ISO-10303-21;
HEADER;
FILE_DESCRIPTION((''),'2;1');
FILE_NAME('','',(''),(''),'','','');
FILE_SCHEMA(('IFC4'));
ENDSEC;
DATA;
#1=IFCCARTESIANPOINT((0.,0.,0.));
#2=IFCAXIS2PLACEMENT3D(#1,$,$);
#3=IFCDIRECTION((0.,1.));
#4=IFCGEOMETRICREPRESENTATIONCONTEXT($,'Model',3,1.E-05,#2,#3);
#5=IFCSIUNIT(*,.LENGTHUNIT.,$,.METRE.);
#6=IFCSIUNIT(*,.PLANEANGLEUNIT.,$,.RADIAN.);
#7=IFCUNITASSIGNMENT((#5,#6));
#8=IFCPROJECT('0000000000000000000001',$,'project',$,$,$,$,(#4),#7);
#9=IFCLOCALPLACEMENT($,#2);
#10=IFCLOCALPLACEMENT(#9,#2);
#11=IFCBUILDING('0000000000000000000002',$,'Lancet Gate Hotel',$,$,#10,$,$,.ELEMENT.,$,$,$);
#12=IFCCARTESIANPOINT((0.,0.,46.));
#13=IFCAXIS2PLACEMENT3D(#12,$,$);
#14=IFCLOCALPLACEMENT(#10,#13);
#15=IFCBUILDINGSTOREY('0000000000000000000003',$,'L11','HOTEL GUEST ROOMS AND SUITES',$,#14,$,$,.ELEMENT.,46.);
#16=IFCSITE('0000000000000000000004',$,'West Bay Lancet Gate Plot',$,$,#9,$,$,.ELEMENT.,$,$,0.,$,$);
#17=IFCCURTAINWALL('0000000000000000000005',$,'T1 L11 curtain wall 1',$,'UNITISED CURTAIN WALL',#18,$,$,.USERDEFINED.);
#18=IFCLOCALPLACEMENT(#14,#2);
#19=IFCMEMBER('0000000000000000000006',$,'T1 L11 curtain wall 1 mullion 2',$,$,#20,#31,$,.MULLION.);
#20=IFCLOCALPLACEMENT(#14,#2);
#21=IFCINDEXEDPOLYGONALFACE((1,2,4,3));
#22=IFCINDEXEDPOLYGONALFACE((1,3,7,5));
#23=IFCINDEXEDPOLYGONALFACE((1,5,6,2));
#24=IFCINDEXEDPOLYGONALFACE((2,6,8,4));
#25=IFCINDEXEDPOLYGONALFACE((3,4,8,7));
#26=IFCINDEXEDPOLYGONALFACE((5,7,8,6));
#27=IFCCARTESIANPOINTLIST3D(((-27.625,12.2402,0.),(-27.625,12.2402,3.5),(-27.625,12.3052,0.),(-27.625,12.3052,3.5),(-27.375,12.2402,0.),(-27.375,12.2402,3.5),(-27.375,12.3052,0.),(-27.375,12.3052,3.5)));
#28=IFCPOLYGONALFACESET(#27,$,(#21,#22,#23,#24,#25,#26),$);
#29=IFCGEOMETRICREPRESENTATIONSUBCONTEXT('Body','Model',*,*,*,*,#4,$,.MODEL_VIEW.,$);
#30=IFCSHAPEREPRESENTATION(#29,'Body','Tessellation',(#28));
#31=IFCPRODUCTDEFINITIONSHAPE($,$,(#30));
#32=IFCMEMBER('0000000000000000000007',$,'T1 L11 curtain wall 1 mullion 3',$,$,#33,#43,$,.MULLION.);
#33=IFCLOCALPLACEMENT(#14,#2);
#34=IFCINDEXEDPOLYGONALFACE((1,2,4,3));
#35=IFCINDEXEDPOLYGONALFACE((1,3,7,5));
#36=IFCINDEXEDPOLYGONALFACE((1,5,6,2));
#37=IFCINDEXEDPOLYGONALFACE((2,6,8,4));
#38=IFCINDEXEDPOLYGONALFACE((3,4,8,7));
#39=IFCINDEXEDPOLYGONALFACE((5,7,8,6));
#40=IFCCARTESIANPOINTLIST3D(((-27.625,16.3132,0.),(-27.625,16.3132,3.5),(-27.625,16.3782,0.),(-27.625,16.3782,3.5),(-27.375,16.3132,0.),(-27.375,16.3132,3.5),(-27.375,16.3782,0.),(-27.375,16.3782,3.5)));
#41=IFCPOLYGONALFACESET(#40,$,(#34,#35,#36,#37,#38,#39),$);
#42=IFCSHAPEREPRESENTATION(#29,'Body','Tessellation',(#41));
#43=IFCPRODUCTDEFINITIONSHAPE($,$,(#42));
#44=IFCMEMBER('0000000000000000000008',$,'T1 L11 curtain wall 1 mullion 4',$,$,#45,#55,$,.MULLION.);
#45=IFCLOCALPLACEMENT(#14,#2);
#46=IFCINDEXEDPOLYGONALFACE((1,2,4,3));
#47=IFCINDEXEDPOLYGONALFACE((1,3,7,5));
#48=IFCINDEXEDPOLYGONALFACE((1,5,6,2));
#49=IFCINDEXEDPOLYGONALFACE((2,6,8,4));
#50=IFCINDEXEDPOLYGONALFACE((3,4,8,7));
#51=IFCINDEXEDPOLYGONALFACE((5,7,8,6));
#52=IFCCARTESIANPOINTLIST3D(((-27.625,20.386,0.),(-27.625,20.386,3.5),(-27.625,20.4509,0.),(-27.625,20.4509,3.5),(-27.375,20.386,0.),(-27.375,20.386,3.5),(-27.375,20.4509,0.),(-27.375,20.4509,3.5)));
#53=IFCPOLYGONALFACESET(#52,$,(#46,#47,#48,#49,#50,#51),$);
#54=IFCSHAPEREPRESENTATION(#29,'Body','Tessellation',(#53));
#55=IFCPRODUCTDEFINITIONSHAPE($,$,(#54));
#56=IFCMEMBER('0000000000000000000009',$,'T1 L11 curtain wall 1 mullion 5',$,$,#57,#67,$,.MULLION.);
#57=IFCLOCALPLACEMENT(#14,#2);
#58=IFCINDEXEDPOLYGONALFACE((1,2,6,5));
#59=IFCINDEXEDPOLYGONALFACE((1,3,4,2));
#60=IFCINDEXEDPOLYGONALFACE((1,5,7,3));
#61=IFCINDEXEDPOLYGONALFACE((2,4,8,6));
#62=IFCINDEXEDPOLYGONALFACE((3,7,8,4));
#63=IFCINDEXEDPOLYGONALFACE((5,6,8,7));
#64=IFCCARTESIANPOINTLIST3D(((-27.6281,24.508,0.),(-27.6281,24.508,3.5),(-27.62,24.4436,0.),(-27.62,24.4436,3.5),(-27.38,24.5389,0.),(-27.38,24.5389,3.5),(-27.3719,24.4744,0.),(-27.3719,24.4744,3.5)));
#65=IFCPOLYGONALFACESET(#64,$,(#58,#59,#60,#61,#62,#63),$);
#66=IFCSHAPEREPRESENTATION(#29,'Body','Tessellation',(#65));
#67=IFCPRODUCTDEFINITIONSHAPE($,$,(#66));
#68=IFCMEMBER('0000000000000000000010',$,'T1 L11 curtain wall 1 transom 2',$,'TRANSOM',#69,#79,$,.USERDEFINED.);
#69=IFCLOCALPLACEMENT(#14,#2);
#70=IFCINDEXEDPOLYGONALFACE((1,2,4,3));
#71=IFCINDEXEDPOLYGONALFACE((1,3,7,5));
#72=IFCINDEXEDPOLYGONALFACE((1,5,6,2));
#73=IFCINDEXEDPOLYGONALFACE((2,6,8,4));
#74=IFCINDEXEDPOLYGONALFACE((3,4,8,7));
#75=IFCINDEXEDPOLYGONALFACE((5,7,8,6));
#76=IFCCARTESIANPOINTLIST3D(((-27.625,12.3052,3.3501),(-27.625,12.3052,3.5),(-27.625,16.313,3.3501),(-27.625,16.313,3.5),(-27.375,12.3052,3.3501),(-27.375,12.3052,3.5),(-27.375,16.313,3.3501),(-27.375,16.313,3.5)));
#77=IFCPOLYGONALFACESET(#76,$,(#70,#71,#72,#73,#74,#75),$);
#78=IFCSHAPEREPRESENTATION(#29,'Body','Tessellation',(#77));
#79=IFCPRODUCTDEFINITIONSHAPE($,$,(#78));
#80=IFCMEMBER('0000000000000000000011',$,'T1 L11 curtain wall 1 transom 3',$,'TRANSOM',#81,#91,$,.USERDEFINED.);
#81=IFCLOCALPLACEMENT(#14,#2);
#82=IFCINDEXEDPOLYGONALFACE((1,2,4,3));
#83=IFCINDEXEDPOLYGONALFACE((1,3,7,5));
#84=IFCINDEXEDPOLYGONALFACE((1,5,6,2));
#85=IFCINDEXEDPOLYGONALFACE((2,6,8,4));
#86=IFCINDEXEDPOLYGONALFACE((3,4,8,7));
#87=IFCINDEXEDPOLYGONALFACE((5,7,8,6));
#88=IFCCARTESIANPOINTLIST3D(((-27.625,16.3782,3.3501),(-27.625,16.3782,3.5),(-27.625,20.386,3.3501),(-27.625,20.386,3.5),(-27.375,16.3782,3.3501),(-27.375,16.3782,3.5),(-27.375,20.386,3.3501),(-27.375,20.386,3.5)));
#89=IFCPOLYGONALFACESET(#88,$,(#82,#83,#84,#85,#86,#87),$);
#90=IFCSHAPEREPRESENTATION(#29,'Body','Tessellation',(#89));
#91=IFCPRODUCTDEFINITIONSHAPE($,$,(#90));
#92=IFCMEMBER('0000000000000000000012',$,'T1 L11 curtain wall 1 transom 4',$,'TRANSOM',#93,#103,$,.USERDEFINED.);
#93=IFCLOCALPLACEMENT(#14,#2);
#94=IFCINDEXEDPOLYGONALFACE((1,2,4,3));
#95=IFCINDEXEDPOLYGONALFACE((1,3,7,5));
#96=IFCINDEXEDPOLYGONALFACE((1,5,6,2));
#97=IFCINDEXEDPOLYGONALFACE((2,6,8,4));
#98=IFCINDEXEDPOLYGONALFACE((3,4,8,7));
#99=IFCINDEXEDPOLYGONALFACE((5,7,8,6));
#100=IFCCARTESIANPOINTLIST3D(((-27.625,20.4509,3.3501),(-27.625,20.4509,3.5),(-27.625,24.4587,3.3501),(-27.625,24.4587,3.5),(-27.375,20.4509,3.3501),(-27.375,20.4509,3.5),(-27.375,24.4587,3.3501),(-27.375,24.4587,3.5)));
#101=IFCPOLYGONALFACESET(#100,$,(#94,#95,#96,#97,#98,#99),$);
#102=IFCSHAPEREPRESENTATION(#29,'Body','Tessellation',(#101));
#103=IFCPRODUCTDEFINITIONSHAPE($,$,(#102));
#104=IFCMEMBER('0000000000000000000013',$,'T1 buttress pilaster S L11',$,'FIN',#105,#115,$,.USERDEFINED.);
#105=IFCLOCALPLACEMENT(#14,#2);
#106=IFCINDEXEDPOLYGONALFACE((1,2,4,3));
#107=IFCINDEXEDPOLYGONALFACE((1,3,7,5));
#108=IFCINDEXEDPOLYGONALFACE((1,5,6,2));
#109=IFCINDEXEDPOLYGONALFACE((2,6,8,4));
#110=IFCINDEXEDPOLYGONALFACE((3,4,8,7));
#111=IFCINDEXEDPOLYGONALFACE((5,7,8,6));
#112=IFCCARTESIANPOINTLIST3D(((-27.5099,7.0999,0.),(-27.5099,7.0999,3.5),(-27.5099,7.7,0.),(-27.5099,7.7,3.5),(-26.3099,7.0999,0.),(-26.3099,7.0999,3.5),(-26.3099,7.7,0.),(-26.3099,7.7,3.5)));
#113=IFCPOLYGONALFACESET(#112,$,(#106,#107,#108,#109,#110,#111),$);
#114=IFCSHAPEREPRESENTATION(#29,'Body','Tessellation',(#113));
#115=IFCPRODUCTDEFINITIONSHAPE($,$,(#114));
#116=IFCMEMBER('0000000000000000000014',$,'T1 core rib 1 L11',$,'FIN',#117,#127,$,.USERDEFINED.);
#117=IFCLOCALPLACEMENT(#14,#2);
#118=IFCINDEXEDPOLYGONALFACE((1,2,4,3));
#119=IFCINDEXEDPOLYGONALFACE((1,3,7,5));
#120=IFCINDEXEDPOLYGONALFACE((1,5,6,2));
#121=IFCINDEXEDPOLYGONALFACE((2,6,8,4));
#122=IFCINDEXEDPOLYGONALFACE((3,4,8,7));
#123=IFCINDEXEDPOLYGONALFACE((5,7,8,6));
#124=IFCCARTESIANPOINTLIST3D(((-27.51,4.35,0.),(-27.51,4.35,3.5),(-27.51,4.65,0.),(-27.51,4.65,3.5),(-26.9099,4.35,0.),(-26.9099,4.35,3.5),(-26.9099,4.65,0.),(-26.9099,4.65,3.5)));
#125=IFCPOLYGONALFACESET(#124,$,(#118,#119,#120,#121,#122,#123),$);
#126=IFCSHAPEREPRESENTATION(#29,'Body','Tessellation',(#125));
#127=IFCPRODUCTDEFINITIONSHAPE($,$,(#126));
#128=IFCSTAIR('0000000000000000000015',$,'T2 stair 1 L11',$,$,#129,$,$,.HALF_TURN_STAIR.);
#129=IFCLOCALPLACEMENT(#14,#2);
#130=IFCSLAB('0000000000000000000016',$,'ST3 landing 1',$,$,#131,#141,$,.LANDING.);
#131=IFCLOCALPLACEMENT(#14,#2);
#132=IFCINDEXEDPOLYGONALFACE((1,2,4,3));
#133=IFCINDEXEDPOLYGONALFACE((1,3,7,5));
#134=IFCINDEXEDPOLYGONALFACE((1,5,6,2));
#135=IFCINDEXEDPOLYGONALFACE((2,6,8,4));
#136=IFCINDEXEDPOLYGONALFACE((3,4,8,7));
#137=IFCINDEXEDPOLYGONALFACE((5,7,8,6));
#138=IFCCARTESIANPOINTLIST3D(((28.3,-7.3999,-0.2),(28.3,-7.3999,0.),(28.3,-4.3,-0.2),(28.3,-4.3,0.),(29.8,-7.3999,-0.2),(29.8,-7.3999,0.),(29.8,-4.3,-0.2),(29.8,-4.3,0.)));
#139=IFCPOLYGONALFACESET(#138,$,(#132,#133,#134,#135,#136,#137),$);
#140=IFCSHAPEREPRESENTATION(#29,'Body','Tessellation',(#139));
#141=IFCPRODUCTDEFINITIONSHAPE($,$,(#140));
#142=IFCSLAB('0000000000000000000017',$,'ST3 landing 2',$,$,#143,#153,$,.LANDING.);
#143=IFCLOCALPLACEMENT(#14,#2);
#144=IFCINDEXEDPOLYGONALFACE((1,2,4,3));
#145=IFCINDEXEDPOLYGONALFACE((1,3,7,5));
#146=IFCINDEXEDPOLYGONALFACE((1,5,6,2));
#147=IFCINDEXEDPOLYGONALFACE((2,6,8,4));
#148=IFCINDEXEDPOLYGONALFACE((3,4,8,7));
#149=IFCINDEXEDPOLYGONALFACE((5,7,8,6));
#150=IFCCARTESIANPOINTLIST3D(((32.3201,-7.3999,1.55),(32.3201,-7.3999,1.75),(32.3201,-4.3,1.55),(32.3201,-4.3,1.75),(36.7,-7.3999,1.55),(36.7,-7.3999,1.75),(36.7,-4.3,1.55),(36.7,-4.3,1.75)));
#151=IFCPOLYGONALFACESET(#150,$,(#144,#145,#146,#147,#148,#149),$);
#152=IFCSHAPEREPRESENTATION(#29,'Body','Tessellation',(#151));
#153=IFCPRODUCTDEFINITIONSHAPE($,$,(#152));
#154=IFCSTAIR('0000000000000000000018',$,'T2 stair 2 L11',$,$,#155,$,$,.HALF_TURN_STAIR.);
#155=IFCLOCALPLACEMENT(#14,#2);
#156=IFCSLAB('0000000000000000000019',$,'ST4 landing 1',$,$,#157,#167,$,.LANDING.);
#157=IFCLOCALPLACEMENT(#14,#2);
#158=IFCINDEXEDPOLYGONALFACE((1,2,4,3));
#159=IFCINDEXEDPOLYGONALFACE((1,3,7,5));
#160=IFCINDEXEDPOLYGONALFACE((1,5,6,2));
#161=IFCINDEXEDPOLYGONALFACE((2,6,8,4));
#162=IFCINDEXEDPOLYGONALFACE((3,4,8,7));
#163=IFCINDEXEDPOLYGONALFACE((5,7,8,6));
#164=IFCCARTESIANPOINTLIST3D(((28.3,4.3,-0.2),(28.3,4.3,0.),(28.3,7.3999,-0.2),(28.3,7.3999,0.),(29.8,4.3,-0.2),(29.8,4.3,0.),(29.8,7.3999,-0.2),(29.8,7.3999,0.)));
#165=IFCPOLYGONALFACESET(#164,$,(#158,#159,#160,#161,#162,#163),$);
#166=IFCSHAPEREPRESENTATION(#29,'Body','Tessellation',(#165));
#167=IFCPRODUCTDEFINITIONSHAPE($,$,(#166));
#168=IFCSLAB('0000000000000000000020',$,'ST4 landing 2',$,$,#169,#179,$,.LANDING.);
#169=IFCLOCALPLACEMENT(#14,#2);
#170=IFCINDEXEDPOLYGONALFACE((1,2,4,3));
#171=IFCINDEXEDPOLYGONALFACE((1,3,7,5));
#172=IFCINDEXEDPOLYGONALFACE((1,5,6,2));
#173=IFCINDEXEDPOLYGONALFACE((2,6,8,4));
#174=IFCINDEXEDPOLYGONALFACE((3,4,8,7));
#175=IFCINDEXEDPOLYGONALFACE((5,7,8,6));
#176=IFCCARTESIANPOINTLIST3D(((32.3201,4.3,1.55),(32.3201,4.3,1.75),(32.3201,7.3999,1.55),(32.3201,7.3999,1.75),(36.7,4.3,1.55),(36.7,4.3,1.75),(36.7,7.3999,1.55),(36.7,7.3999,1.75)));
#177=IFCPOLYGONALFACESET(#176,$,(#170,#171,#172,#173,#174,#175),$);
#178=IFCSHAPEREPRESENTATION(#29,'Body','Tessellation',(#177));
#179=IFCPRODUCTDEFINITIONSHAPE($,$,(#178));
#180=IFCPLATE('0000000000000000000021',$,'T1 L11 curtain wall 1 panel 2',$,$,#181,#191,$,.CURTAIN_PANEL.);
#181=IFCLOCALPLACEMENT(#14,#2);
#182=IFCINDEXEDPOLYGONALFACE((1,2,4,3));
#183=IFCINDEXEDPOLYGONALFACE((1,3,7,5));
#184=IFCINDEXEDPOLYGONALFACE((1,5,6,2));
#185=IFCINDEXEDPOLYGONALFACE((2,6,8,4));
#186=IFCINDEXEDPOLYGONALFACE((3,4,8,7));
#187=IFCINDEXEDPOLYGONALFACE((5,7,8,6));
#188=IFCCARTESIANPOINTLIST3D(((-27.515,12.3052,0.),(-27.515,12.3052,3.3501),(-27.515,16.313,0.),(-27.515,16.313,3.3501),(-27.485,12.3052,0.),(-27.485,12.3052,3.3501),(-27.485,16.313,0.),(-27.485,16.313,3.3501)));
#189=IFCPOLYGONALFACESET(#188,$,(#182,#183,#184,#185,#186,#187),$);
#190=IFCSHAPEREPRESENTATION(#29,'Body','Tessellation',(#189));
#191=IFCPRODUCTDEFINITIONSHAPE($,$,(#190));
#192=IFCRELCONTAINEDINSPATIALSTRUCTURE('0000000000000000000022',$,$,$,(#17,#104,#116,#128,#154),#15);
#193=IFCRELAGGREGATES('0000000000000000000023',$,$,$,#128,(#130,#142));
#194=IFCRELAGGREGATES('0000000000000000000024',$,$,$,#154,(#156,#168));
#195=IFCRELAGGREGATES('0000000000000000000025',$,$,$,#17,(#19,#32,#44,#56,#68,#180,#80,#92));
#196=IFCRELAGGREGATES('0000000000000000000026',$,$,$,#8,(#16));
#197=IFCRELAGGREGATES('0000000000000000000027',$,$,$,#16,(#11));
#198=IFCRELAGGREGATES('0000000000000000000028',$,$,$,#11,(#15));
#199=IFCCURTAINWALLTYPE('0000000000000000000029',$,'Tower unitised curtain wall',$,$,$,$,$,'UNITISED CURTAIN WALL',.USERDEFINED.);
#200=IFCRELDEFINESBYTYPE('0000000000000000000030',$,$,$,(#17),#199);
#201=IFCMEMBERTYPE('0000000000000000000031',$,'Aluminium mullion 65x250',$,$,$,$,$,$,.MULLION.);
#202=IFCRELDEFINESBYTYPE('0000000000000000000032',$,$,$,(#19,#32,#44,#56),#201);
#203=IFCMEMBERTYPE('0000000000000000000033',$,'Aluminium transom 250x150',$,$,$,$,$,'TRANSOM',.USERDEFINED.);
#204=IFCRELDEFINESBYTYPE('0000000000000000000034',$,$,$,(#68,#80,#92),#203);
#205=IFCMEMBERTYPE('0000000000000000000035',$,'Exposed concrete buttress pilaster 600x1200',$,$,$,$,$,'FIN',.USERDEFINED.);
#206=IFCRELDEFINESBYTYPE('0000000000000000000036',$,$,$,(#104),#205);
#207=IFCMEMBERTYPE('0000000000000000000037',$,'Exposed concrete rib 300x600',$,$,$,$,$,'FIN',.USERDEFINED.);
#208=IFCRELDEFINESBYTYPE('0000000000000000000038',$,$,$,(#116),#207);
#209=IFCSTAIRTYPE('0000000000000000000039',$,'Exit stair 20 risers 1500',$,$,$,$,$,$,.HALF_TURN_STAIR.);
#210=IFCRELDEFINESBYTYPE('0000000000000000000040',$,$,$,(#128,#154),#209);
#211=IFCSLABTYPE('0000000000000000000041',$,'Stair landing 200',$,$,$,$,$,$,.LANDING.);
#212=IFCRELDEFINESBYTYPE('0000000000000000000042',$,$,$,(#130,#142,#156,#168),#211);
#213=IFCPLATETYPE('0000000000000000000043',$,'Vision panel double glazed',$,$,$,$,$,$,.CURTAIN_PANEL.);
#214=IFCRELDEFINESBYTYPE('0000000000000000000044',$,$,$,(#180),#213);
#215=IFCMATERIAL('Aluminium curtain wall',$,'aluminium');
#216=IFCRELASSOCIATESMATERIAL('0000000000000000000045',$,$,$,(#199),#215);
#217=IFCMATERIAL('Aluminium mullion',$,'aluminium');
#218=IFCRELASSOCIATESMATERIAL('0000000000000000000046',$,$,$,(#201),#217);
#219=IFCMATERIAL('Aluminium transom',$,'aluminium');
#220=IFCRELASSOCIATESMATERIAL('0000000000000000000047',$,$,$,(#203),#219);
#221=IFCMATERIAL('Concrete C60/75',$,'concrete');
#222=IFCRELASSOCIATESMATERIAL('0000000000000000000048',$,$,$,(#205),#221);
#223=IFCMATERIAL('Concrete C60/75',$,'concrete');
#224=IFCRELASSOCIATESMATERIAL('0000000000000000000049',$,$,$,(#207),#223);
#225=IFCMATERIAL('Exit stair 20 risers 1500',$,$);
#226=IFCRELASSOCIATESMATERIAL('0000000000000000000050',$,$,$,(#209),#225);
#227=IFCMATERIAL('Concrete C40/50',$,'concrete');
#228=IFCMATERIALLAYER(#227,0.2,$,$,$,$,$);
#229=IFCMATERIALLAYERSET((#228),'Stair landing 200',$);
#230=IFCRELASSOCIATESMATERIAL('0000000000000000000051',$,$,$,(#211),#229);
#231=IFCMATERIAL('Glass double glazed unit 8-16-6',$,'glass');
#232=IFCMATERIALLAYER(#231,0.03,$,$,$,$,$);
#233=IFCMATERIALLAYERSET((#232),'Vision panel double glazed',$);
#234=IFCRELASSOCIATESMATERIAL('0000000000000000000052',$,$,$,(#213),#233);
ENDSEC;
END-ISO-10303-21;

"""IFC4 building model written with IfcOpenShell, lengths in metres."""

from ifc_helpers import new_model, si_unit, direction, frame, origin, origin_2d, place, context, subcontext, project, spatial, polyline, rectangle, outline, extrude, material, layer, layer_set, material_profile, profile_set, type_object, element, aggregate, save


model = new_model("IFC4")

# Units and contexts
model_context = context("Model", 3, precision=1e-05, world=origin(), true_north=direction((0.0, 1.0)))
body_context = subcontext(model_context, "Body", "Model", "MODEL_VIEW")
ifc_project = project(units=[si_unit("LENGTHUNIT", "METRE"), si_unit("PLANEANGLEUNIT", "RADIAN")], contexts=[model_context])

# Site, building, storey
site_placement = place(None, origin())
site = spatial("IfcSite", under=ifc_project, at=site_placement, Name="West Bay Lancet Gate Plot", CompositionType="ELEMENT", RefElevation=0.0)
building_placement = place(site_placement, origin())
building = spatial("IfcBuilding", under=site, at=building_placement, Name="Lancet Gate Hotel", CompositionType="ELEMENT")
storey_placement = place(building_placement, frame((0.0, 0.0, 46.0)))
storey = spatial("IfcBuildingStorey", under=building, at=storey_placement, Name="L11", Description="HOTEL GUEST ROOMS AND SUITES", CompositionType="ELEMENT", Elevation=46.0)

# Curtain wall, members
ifc_material_1 = material(Name="Aluminium curtain wall", Category="aluminium")
curtain_wall_type = type_object("IfcCurtainWallType", Name="Tower unitised curtain wall", ElementType="UNITISED CURTAIN WALL", PredefinedType="USERDEFINED", material=ifc_material_1)
curtain_wall_placement = place(storey_placement, origin())
curtain_wall = element("IfcCurtainWall", 1, at=curtain_wall_placement, inside=storey, type_object=curtain_wall_type, Name="T1 L11 curtain wall 1", ObjectType="UNITISED CURTAIN WALL", PredefinedType="USERDEFINED")
ifc_material_2 = material(Name="Aluminium mullion", Category="aluminium")
ifc_material_profile_1 = material_profile(ifc_material_2, rectangle(XDim=0.0649, YDim=0.25, at=origin_2d()), Name="MULLION 65x250")
ifc_profile_set_1 = profile_set([ifc_material_profile_1], Name="Aluminium mullion")
member_type_1 = type_object("IfcMemberType", Name="Aluminium mullion 65x250", PredefinedType="MULLION", material=ifc_profile_set_1)
member_1_placement = place(storey_placement, frame((-27.5, 12.2727, 0.0), z_axis=(0.0, 0.0, 1.0), x_axis=(0.0, 1.0, 0.0)))
member_1 = element("IfcMember", 2, at=member_1_placement, type_object=member_type_1, Name="T1 L11 curtain wall 1 mullion 2", PredefinedType="MULLION", context=body_context, shape_type="SweptSolid", body=[
    extrude(rectangle(XDim=0.0649, YDim=0.25, at=origin_2d()), origin(), (0.0, 0.0, 1.0), 3.5),
])
member_2_placement = place(storey_placement, frame((-27.5, 16.3457, 0.0), z_axis=(0.0, 0.0, 1.0), x_axis=(0.0, 1.0, 0.0)))
member_2 = element("IfcMember", 3, at=member_2_placement, type_object=member_type_1, Name="T1 L11 curtain wall 1 mullion 3", PredefinedType="MULLION", context=body_context, shape_type="SweptSolid", body=[
    extrude(rectangle(XDim=0.0649, YDim=0.25, at=origin_2d()), origin(), (0.0, 0.0, 1.0), 3.5),
])
member_3_placement = place(storey_placement, frame((-27.5, 20.4185, 0.0), z_axis=(0.0, 0.0, 1.0), x_axis=(0.0, 1.0, 0.0)))
member_3 = element("IfcMember", 4, at=member_3_placement, type_object=member_type_1, Name="T1 L11 curtain wall 1 mullion 4", PredefinedType="MULLION", context=body_context, shape_type="SweptSolid", body=[
    extrude(rectangle(XDim=0.0649, YDim=0.25, at=origin_2d()), origin(), (0.0, 0.0, 1.0), 3.5),
])
member_4_placement = place(storey_placement, frame((-27.5, 24.4912, 0.0), z_axis=(0.0, 0.0, 1.0), x_axis=(-0.123483, 0.992347, 0.0)))
member_4 = element("IfcMember", 5, at=member_4_placement, type_object=member_type_1, Name="T1 L11 curtain wall 1 mullion 5", PredefinedType="MULLION", context=body_context, shape_type="SweptSolid", body=[
    extrude(rectangle(XDim=0.0649, YDim=0.25, at=origin_2d()), origin(), (0.0, 0.0, 1.0), 3.5),
])
ifc_material_3 = material(Name="Aluminium transom", Category="aluminium")
ifc_material_profile_2 = material_profile(ifc_material_3, rectangle(XDim=0.25, YDim=0.1499, at=origin_2d()), Name="TRANSOM 250x150")
ifc_profile_set_2 = profile_set([ifc_material_profile_2], Name="Aluminium transom")
member_type_2 = type_object("IfcMemberType", Name="Aluminium transom 250x150", ElementType="TRANSOM", PredefinedType="USERDEFINED", material=ifc_profile_set_2)
member_5_placement = place(storey_placement, frame((-27.5, 12.3052, 3.425), z_axis=(0.0, 1.0, 0.0), x_axis=(-1.0, 0.0, 0.0)))
member_5 = element("IfcMember", 6, at=member_5_placement, type_object=member_type_2, Name="T1 L11 curtain wall 1 transom 2", ObjectType="TRANSOM", PredefinedType="USERDEFINED", context=body_context, shape_type="SweptSolid", body=[
    extrude(rectangle(XDim=0.25, YDim=0.1499, at=origin_2d()), origin(), (0.0, 0.0, 1.0), 4.0078),
])
member_6_placement = place(storey_placement, frame((-27.5, 16.3782, 3.425), z_axis=(0.0, 1.0, 0.0), x_axis=(-1.0, 0.0, 0.0)))
member_6 = element("IfcMember", 7, at=member_6_placement, type_object=member_type_2, Name="T1 L11 curtain wall 1 transom 3", ObjectType="TRANSOM", PredefinedType="USERDEFINED", context=body_context, shape_type="SweptSolid", body=[
    extrude(rectangle(XDim=0.25, YDim=0.1499, at=origin_2d()), origin(), (0.0, 0.0, 1.0), 4.0078),
])
member_7_placement = place(storey_placement, frame((-27.5, 20.4509, 3.425), z_axis=(0.0, 1.0, 0.0), x_axis=(-1.0, 0.0, 0.0)))
member_7 = element("IfcMember", 8, at=member_7_placement, type_object=member_type_2, Name="T1 L11 curtain wall 1 transom 4", ObjectType="TRANSOM", PredefinedType="USERDEFINED", context=body_context, shape_type="SweptSolid", body=[
    extrude(rectangle(XDim=0.25, YDim=0.1499, at=origin_2d()), origin(), (0.0, 0.0, 1.0), 4.0078),
])

# Members
ifc_material_4 = material(Name="Concrete C60/75", Category="concrete")
ifc_material_profile_3 = material_profile(ifc_material_4, rectangle(XDim=0.6001, YDim=1.2, at=origin_2d()), Name="FIN 600x1200")
ifc_profile_set_3 = profile_set([ifc_material_profile_3], Name="Concrete C60/75")
member_type_3 = type_object("IfcMemberType", Name="Exposed concrete buttress pilaster 600x1200", ElementType="FIN", PredefinedType="USERDEFINED", material=ifc_profile_set_3)
member_8_placement = place(storey_placement, frame((-26.9099, 7.3999, 0.0), z_axis=(0.0, 0.0, 1.0), x_axis=(0.0, 1.0, 0.0)))
element("IfcMember", 9, at=member_8_placement, inside=storey, type_object=member_type_3, Name="T1 buttress pilaster S L11", ObjectType="FIN", PredefinedType="USERDEFINED", context=body_context, shape_type="SweptSolid", body=[
    extrude(rectangle(XDim=0.6001, YDim=1.2, at=origin_2d()), origin(), (0.0, 0.0, 1.0), 3.5),
])
ifc_material_5 = material(Name="Concrete C60/75", Category="concrete")
ifc_material_profile_4 = material_profile(ifc_material_5, rectangle(XDim=0.3, YDim=0.6001, at=origin_2d()), Name="FIN 300x600")
ifc_profile_set_4 = profile_set([ifc_material_profile_4], Name="Concrete C60/75")
member_type_4 = type_object("IfcMemberType", Name="Exposed concrete rib 300x600", ElementType="FIN", PredefinedType="USERDEFINED", material=ifc_profile_set_4)
member_9_placement = place(storey_placement, frame((-27.21, 4.5, 0.0), z_axis=(0.0, 0.0, 1.0), x_axis=(0.0, 1.0, 0.0)))
element("IfcMember", 10, at=member_9_placement, inside=storey, type_object=member_type_4, Name="T1 core rib 1 L11", ObjectType="FIN", PredefinedType="USERDEFINED", context=body_context, shape_type="SweptSolid", body=[
    extrude(rectangle(XDim=0.3, YDim=0.6001, at=origin_2d()), origin(), (0.0, 0.0, 1.0), 3.5),
])

# Stairs, slabs
ifc_material_6 = material(Name="Exit stair 20 risers 1500")
stair_type = type_object("IfcStairType", Name="Exit stair 20 risers 1500", PredefinedType="HALF_TURN_STAIR", material=ifc_material_6)
stair_1_placement = place(storey_placement, origin())
stair_1 = element("IfcStair", 11, at=stair_1_placement, inside=storey, type_object=stair_type, Name="T2 stair 1 L11", PredefinedType="HALF_TURN_STAIR")
ifc_material_7 = material(Name="Concrete C40/50", Category="concrete")
ifc_layer_1 = layer(ifc_material_7, 0.2)
ifc_layer_set_1 = layer_set([ifc_layer_1], Name="Stair landing 200")
slab_type = type_object("IfcSlabType", Name="Stair landing 200", PredefinedType="LANDING", material=ifc_layer_set_1)
slab_1_placement = place(storey_placement, frame((0.0, 0.0, -0.2)))
slab_1 = element("IfcSlab", 12, at=slab_1_placement, type_object=slab_type, Name="ST3 landing 1", PredefinedType="LANDING", context=body_context, shape_type="SweptSolid", body=[
    extrude(outline(polyline([(28.3, -7.3999), (29.8, -7.3999), (29.8, -4.3), (28.3, -4.3), (28.3, -7.3999)])), origin(), (0.0, 0.0, 1.0), 0.2),
])
slab_2_placement = place(storey_placement, frame((0.0, 0.0, 1.55)))
slab_2 = element("IfcSlab", 13, at=slab_2_placement, type_object=slab_type, Name="ST3 landing 2", PredefinedType="LANDING", context=body_context, shape_type="SweptSolid", body=[
    extrude(outline(polyline([(32.3201, -7.3999), (36.7, -7.3999), (36.7, -4.3), (32.3201, -4.3), (32.3201, -7.3999)])), origin(), (0.0, 0.0, 1.0), 0.2),
])
aggregate(stair_1, [slab_1, slab_2])
stair_2_placement = place(storey_placement, origin())
stair_2 = element("IfcStair", 14, at=stair_2_placement, inside=storey, type_object=stair_type, Name="T2 stair 2 L11", PredefinedType="HALF_TURN_STAIR")
slab_3_placement = place(storey_placement, frame((0.0, 0.0, -0.2)))
slab_3 = element("IfcSlab", 15, at=slab_3_placement, type_object=slab_type, Name="ST4 landing 1", PredefinedType="LANDING", context=body_context, shape_type="SweptSolid", body=[
    extrude(outline(polyline([(28.3, 4.3), (29.8, 4.3), (29.8, 7.3999), (28.3, 7.3999), (28.3, 4.3)])), origin(), (0.0, 0.0, 1.0), 0.2),
])
slab_4_placement = place(storey_placement, frame((0.0, 0.0, 1.55)))
slab_4 = element("IfcSlab", 16, at=slab_4_placement, type_object=slab_type, Name="ST4 landing 2", PredefinedType="LANDING", context=body_context, shape_type="SweptSolid", body=[
    extrude(outline(polyline([(32.3201, 4.3), (36.7, 4.3), (36.7, 7.3999), (32.3201, 7.3999), (32.3201, 4.3)])), origin(), (0.0, 0.0, 1.0), 0.2),
])
aggregate(stair_2, [slab_3, slab_4])

# Plate
ifc_material_8 = material(Name="Glass double glazed unit 8-16-6", Category="glass")
ifc_layer_2 = layer(ifc_material_8, 0.03)
ifc_layer_set_2 = layer_set([ifc_layer_2], Name="Vision panel double glazed")
plate_type = type_object("IfcPlateType", Name="Vision panel double glazed", PredefinedType="CURTAIN_PANEL", material=ifc_layer_set_2)
plate_1_placement = place(storey_placement, frame((-27.5, 14.3091, 0.0), z_axis=(0.0, 0.0, 1.0), x_axis=(0.0, 1.0, 0.0)))
plate_1 = element("IfcPlate", 17, at=plate_1_placement, type_object=plate_type, Name="T1 L11 curtain wall 1 panel 2", PredefinedType="CURTAIN_PANEL", context=body_context, shape_type="SweptSolid", body=[
    extrude(rectangle(XDim=4.0078, YDim=0.03, at=origin_2d()), origin(), (0.0, 0.0, 1.0), 3.3501),
])
aggregate(curtain_wall, [member_1, member_2, member_3, member_4, member_5, plate_1, member_6, member_7])

save(model, "model.ifc")
